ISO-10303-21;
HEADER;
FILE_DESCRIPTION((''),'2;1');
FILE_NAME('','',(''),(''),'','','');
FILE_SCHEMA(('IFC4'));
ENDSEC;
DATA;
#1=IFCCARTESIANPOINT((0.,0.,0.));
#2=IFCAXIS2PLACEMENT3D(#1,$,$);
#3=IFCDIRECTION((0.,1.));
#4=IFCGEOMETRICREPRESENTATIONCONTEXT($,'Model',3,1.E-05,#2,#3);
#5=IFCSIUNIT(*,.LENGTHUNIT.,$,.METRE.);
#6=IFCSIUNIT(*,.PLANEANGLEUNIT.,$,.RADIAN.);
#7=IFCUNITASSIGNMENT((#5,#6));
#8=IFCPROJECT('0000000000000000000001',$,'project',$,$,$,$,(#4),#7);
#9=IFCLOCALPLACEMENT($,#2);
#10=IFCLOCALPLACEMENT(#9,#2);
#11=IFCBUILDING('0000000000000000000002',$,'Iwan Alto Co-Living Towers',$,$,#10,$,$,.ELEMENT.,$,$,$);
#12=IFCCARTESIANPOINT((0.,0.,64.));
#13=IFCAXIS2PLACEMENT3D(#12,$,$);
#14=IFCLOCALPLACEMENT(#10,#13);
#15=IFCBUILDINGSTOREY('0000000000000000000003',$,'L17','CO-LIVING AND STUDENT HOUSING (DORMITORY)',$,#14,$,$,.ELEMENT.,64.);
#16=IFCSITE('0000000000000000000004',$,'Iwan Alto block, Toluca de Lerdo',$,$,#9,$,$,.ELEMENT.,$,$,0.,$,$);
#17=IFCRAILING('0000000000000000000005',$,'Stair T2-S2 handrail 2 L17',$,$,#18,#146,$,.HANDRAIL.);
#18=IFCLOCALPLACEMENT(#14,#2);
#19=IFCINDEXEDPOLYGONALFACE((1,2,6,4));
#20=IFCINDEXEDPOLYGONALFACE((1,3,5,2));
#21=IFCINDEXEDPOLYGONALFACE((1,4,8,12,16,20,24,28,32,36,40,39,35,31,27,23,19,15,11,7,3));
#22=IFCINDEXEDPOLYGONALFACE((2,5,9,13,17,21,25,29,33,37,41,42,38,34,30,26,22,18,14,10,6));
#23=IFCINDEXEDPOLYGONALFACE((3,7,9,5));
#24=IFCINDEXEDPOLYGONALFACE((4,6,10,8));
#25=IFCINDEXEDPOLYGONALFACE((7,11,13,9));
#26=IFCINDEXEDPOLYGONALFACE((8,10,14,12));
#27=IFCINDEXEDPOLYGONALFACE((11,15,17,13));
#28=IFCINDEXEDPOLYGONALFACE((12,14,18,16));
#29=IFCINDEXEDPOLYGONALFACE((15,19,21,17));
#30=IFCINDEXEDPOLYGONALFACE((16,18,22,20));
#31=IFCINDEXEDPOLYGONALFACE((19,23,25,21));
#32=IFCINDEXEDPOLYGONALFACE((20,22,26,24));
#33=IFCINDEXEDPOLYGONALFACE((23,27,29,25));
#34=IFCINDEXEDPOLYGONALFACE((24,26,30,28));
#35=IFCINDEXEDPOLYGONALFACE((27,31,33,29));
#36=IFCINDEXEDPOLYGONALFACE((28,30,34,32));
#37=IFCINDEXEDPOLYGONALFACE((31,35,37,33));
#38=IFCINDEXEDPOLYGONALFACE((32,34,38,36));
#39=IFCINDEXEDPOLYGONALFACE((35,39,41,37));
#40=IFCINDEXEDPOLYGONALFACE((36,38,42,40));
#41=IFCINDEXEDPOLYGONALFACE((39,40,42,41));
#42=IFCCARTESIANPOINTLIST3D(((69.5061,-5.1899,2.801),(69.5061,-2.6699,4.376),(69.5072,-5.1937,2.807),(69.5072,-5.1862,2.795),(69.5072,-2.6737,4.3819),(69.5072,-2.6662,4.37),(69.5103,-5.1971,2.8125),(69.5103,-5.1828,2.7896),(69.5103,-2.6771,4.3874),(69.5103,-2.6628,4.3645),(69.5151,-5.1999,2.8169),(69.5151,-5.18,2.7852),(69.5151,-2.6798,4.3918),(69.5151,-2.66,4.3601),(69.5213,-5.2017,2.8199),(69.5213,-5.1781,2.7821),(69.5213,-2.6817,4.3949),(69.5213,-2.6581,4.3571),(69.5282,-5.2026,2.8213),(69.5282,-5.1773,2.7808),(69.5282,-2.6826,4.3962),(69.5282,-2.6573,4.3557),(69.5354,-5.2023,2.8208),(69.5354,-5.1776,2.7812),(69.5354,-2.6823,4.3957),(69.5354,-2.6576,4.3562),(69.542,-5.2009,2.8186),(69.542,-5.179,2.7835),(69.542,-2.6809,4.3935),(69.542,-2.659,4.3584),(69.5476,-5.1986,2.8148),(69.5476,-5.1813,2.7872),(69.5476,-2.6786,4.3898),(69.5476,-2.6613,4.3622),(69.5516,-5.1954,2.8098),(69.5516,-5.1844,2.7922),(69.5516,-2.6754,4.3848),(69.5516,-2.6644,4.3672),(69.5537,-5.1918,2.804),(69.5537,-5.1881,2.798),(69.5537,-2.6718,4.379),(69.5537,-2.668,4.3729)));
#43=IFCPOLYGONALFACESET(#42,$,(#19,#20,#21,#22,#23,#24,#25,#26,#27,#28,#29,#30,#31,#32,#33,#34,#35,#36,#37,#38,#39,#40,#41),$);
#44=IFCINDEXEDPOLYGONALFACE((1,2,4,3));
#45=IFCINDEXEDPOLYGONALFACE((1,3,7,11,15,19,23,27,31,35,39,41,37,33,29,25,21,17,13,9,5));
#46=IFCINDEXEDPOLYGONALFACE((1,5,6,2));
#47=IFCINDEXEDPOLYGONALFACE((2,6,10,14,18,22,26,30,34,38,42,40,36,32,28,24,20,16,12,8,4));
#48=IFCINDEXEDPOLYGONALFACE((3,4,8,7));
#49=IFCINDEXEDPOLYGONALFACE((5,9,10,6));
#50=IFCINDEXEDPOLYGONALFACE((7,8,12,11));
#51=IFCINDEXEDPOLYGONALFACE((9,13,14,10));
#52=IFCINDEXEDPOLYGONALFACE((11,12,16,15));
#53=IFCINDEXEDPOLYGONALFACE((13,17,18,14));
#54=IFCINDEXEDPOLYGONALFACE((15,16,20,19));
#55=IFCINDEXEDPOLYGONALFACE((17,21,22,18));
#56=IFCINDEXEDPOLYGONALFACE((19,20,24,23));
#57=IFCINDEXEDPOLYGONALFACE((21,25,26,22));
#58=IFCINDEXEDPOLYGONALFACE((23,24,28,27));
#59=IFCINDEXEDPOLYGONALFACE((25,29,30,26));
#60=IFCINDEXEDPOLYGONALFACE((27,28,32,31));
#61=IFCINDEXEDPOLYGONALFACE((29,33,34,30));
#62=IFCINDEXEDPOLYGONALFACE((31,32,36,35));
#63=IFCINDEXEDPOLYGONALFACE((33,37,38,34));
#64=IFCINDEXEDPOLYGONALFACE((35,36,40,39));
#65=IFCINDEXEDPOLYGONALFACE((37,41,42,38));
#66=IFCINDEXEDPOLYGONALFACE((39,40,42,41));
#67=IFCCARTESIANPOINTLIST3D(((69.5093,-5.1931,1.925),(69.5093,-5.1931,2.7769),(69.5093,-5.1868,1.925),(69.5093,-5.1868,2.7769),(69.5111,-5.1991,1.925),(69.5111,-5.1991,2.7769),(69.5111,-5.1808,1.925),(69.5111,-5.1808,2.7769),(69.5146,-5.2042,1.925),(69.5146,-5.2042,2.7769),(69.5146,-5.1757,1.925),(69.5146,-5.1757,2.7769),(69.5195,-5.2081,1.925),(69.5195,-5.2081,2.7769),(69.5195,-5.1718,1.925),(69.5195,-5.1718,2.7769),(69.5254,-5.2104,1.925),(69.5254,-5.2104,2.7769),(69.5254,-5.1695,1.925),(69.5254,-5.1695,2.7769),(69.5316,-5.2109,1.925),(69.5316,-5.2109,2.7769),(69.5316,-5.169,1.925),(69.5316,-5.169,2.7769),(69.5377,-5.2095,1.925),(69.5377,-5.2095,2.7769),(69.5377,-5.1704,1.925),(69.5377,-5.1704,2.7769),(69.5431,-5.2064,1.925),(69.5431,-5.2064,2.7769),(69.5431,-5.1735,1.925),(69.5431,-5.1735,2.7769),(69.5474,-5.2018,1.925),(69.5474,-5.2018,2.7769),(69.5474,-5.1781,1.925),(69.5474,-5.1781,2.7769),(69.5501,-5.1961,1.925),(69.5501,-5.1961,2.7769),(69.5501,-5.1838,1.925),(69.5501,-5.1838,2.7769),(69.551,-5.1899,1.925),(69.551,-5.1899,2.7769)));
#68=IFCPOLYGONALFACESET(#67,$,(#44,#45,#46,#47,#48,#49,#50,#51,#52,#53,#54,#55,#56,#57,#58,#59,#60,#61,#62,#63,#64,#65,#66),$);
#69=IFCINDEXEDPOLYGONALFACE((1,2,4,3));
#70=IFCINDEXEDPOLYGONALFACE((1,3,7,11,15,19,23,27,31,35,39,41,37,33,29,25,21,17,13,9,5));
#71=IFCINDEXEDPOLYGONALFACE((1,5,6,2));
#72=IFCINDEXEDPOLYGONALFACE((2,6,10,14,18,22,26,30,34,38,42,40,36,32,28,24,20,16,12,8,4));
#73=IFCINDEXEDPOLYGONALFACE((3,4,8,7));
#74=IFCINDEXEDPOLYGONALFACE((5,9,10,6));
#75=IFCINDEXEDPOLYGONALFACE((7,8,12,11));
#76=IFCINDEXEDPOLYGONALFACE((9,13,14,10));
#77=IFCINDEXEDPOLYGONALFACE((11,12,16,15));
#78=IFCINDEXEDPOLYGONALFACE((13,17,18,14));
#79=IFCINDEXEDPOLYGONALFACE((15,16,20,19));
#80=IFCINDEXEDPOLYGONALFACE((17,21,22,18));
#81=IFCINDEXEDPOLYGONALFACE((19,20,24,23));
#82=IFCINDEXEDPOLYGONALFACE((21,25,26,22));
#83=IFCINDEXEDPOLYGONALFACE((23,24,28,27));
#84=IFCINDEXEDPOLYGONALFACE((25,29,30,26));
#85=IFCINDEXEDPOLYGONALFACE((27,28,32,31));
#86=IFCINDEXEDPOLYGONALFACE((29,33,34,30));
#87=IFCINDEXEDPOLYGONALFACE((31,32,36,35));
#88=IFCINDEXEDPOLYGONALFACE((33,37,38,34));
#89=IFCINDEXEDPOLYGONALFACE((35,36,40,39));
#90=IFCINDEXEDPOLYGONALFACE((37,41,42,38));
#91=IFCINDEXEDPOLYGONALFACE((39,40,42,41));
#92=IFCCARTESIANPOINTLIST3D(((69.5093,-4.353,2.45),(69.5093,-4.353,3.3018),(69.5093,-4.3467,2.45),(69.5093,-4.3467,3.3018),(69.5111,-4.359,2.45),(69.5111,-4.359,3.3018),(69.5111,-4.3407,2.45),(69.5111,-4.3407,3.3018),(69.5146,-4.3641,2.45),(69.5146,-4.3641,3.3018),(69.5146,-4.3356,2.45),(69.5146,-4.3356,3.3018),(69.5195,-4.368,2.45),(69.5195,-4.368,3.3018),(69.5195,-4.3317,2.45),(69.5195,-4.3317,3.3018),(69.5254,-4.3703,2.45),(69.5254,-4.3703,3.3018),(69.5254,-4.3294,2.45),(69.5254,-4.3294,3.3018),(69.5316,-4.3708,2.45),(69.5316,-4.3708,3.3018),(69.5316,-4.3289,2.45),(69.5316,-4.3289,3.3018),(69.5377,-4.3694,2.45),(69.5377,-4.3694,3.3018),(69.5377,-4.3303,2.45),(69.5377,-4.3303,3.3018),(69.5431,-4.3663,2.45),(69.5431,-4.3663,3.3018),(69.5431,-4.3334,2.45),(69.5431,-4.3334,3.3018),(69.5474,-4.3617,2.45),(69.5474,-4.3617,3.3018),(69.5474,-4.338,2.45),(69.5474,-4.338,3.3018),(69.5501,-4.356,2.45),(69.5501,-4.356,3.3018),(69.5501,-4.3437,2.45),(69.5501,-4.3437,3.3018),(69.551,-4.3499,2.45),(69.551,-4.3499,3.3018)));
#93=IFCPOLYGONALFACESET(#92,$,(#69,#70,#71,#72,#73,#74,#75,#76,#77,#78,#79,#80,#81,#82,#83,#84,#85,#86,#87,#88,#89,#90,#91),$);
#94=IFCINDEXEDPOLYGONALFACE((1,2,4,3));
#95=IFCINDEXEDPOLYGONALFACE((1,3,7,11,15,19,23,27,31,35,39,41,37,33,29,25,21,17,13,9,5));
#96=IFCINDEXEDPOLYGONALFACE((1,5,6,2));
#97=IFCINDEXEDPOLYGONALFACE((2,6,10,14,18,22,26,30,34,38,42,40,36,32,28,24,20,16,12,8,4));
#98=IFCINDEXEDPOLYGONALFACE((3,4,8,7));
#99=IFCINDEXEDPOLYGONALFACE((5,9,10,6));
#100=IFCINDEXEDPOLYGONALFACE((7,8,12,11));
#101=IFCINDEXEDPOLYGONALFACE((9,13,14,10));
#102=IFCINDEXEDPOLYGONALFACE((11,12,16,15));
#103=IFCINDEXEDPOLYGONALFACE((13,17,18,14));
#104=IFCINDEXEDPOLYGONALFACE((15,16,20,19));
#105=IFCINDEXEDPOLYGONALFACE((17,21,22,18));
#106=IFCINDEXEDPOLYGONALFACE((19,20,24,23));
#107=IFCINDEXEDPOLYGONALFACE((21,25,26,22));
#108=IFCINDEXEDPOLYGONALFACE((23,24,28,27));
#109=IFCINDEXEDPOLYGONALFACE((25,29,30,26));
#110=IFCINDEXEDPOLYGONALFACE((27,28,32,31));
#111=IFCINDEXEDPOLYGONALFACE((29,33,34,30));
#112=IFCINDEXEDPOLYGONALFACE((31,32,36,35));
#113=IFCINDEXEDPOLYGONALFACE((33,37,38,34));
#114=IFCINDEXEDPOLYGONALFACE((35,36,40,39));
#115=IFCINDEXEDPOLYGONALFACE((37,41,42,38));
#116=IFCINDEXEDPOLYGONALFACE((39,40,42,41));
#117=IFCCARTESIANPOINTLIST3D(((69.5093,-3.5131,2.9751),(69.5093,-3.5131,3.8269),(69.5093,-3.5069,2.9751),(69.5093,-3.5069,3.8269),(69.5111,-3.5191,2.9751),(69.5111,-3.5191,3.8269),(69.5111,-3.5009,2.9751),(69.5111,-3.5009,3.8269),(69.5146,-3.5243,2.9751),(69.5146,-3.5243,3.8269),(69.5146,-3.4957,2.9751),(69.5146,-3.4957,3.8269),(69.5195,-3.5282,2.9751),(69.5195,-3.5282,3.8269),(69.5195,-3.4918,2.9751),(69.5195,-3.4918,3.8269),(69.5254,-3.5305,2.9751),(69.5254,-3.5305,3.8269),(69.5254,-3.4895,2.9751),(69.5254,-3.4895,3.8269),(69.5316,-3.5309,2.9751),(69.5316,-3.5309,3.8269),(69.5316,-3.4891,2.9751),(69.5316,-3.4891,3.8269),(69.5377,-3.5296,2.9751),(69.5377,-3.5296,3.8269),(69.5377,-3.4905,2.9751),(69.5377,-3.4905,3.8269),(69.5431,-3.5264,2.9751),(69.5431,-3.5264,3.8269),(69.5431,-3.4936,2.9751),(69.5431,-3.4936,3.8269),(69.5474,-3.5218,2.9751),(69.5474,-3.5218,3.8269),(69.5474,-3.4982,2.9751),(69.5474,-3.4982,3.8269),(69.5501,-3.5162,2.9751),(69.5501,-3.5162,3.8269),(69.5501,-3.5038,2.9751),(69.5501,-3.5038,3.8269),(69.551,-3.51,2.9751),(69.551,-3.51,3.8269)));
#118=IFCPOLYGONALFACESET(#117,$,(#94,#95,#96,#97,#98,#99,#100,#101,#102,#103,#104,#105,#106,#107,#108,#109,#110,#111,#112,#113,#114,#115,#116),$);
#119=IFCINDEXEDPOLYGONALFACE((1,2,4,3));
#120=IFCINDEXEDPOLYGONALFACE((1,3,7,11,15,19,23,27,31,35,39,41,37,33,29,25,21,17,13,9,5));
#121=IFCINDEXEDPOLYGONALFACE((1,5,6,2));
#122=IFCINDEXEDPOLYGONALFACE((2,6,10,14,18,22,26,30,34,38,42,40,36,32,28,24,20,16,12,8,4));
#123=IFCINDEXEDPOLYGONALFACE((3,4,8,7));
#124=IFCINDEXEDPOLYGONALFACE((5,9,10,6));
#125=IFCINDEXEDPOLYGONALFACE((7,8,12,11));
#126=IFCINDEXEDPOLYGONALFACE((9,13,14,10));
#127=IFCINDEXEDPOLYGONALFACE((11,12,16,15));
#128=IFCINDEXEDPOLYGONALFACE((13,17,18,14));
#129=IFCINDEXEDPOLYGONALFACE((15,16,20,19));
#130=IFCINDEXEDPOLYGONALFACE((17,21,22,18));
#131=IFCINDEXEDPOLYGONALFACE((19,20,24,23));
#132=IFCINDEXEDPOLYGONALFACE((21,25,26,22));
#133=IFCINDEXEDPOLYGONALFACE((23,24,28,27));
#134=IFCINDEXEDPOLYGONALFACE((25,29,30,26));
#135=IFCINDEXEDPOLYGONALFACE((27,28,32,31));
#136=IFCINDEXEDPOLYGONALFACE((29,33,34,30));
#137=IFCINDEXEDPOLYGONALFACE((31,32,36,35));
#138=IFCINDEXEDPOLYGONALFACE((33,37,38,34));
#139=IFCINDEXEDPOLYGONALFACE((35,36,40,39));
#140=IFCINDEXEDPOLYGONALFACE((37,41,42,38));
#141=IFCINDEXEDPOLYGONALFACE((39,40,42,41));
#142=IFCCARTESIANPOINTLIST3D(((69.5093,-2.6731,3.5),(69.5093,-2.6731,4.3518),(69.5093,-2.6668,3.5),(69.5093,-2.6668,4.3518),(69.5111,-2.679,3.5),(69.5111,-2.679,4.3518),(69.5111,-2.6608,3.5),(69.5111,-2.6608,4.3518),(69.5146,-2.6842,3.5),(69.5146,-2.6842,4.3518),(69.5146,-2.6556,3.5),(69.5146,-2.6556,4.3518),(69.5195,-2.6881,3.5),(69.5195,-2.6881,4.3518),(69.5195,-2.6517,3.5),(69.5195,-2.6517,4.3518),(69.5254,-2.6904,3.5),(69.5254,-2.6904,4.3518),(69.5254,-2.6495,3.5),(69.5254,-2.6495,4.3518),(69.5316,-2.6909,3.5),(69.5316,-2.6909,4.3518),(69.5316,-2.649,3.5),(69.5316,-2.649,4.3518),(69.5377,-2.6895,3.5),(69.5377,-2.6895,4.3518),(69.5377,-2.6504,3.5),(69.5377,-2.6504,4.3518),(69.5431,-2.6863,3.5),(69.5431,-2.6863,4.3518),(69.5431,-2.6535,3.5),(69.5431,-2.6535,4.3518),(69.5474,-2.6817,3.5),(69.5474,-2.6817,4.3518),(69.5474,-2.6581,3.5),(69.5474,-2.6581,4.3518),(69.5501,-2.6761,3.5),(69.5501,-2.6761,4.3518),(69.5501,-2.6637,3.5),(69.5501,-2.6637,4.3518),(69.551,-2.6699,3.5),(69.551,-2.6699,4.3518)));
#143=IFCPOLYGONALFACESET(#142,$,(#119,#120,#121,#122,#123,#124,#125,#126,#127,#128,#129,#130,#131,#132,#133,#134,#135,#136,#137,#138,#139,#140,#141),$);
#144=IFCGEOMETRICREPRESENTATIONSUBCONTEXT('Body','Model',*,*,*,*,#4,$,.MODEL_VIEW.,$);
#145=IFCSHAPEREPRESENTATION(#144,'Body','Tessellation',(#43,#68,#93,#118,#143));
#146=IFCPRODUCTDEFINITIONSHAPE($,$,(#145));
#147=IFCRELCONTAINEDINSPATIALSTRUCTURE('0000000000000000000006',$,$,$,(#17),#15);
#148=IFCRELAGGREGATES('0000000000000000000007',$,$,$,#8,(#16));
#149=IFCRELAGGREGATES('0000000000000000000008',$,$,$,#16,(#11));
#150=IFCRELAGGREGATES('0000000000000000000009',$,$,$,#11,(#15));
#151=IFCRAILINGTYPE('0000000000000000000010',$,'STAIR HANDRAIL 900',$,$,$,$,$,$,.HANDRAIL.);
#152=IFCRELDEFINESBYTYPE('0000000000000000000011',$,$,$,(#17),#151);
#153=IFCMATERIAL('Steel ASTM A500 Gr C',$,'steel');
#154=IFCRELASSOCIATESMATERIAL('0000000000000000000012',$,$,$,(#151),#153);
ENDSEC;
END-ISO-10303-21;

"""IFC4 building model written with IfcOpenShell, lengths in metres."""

from ifc_helpers import new_model, si_unit, direction, frame, origin, origin_2d, place, context, subcontext, project, spatial, circle, extrude, material, type_object, element, save


model = new_model("IFC4")

# Units and contexts
model_context = context("Model", 3, precision=1e-05, world=origin(), true_north=direction((0.0, 1.0)))
body_context = subcontext(model_context, "Body", "Model", "MODEL_VIEW")
ifc_project = project(units=[si_unit("LENGTHUNIT", "METRE"), si_unit("PLANEANGLEUNIT", "RADIAN")], contexts=[model_context])

# Site, building, storey
site_placement = place(None, origin())
site = spatial("IfcSite", under=ifc_project, at=site_placement, Name="Iwan Alto block, Toluca de Lerdo", CompositionType="ELEMENT", RefElevation=0.0)
building_placement = place(site_placement, origin())
building = spatial("IfcBuilding", under=site, at=building_placement, Name="Iwan Alto Co-Living Towers", CompositionType="ELEMENT")
storey_placement = place(building_placement, frame((0.0, 0.0, 64.0)))
storey = spatial("IfcBuildingStorey", under=building, at=storey_placement, Name="L17", Description="CO-LIVING AND STUDENT HOUSING (DORMITORY)", CompositionType="ELEMENT", Elevation=64.0)

# Railing
ifc_material_1 = material(Name="Steel ASTM A500 Gr C", Category="steel")
railing_type = type_object("IfcRailingType", Name="STAIR HANDRAIL 900", PredefinedType="HANDRAIL", material=ifc_material_1)
railing_1_placement = place(storey_placement, frame((69.53, -5.1899, 1.925)))
element("IfcRailing", 1, at=railing_1_placement, inside=storey, type_object=railing_type, Name="Stair T2-S2 handrail 2 L17", PredefinedType="HANDRAIL", context=body_context, shape_type="SweptSolid", body=[
    extrude(circle(Radius=0.0239, at=origin_2d()), frame((0.0, 0.0, 0.876), z_axis=(0.0, 0.848008, 0.529984), x_axis=(-1.0, 0.0, 0.0)), (0.0, 0.0, 1.0), 2.9717),
    extrude(circle(Radius=0.021, at=origin_2d()), origin(), (0.0, 0.0, 1.0), 0.8518),
    extrude(circle(Radius=0.021, at=origin_2d()), frame((0.0, 0.8401, 0.5249)), (0.0, 0.0, 1.0), 0.8518),
    extrude(circle(Radius=0.021, at=origin_2d()), frame((0.0, 1.6799, 1.05)), (0.0, 0.0, 1.0), 0.8518),
    extrude(circle(Radius=0.021, at=origin_2d()), frame((0.0, 2.52, 1.575)), (0.0, 0.0, 1.0), 0.8518),
])

save(model, "model.ifc")
